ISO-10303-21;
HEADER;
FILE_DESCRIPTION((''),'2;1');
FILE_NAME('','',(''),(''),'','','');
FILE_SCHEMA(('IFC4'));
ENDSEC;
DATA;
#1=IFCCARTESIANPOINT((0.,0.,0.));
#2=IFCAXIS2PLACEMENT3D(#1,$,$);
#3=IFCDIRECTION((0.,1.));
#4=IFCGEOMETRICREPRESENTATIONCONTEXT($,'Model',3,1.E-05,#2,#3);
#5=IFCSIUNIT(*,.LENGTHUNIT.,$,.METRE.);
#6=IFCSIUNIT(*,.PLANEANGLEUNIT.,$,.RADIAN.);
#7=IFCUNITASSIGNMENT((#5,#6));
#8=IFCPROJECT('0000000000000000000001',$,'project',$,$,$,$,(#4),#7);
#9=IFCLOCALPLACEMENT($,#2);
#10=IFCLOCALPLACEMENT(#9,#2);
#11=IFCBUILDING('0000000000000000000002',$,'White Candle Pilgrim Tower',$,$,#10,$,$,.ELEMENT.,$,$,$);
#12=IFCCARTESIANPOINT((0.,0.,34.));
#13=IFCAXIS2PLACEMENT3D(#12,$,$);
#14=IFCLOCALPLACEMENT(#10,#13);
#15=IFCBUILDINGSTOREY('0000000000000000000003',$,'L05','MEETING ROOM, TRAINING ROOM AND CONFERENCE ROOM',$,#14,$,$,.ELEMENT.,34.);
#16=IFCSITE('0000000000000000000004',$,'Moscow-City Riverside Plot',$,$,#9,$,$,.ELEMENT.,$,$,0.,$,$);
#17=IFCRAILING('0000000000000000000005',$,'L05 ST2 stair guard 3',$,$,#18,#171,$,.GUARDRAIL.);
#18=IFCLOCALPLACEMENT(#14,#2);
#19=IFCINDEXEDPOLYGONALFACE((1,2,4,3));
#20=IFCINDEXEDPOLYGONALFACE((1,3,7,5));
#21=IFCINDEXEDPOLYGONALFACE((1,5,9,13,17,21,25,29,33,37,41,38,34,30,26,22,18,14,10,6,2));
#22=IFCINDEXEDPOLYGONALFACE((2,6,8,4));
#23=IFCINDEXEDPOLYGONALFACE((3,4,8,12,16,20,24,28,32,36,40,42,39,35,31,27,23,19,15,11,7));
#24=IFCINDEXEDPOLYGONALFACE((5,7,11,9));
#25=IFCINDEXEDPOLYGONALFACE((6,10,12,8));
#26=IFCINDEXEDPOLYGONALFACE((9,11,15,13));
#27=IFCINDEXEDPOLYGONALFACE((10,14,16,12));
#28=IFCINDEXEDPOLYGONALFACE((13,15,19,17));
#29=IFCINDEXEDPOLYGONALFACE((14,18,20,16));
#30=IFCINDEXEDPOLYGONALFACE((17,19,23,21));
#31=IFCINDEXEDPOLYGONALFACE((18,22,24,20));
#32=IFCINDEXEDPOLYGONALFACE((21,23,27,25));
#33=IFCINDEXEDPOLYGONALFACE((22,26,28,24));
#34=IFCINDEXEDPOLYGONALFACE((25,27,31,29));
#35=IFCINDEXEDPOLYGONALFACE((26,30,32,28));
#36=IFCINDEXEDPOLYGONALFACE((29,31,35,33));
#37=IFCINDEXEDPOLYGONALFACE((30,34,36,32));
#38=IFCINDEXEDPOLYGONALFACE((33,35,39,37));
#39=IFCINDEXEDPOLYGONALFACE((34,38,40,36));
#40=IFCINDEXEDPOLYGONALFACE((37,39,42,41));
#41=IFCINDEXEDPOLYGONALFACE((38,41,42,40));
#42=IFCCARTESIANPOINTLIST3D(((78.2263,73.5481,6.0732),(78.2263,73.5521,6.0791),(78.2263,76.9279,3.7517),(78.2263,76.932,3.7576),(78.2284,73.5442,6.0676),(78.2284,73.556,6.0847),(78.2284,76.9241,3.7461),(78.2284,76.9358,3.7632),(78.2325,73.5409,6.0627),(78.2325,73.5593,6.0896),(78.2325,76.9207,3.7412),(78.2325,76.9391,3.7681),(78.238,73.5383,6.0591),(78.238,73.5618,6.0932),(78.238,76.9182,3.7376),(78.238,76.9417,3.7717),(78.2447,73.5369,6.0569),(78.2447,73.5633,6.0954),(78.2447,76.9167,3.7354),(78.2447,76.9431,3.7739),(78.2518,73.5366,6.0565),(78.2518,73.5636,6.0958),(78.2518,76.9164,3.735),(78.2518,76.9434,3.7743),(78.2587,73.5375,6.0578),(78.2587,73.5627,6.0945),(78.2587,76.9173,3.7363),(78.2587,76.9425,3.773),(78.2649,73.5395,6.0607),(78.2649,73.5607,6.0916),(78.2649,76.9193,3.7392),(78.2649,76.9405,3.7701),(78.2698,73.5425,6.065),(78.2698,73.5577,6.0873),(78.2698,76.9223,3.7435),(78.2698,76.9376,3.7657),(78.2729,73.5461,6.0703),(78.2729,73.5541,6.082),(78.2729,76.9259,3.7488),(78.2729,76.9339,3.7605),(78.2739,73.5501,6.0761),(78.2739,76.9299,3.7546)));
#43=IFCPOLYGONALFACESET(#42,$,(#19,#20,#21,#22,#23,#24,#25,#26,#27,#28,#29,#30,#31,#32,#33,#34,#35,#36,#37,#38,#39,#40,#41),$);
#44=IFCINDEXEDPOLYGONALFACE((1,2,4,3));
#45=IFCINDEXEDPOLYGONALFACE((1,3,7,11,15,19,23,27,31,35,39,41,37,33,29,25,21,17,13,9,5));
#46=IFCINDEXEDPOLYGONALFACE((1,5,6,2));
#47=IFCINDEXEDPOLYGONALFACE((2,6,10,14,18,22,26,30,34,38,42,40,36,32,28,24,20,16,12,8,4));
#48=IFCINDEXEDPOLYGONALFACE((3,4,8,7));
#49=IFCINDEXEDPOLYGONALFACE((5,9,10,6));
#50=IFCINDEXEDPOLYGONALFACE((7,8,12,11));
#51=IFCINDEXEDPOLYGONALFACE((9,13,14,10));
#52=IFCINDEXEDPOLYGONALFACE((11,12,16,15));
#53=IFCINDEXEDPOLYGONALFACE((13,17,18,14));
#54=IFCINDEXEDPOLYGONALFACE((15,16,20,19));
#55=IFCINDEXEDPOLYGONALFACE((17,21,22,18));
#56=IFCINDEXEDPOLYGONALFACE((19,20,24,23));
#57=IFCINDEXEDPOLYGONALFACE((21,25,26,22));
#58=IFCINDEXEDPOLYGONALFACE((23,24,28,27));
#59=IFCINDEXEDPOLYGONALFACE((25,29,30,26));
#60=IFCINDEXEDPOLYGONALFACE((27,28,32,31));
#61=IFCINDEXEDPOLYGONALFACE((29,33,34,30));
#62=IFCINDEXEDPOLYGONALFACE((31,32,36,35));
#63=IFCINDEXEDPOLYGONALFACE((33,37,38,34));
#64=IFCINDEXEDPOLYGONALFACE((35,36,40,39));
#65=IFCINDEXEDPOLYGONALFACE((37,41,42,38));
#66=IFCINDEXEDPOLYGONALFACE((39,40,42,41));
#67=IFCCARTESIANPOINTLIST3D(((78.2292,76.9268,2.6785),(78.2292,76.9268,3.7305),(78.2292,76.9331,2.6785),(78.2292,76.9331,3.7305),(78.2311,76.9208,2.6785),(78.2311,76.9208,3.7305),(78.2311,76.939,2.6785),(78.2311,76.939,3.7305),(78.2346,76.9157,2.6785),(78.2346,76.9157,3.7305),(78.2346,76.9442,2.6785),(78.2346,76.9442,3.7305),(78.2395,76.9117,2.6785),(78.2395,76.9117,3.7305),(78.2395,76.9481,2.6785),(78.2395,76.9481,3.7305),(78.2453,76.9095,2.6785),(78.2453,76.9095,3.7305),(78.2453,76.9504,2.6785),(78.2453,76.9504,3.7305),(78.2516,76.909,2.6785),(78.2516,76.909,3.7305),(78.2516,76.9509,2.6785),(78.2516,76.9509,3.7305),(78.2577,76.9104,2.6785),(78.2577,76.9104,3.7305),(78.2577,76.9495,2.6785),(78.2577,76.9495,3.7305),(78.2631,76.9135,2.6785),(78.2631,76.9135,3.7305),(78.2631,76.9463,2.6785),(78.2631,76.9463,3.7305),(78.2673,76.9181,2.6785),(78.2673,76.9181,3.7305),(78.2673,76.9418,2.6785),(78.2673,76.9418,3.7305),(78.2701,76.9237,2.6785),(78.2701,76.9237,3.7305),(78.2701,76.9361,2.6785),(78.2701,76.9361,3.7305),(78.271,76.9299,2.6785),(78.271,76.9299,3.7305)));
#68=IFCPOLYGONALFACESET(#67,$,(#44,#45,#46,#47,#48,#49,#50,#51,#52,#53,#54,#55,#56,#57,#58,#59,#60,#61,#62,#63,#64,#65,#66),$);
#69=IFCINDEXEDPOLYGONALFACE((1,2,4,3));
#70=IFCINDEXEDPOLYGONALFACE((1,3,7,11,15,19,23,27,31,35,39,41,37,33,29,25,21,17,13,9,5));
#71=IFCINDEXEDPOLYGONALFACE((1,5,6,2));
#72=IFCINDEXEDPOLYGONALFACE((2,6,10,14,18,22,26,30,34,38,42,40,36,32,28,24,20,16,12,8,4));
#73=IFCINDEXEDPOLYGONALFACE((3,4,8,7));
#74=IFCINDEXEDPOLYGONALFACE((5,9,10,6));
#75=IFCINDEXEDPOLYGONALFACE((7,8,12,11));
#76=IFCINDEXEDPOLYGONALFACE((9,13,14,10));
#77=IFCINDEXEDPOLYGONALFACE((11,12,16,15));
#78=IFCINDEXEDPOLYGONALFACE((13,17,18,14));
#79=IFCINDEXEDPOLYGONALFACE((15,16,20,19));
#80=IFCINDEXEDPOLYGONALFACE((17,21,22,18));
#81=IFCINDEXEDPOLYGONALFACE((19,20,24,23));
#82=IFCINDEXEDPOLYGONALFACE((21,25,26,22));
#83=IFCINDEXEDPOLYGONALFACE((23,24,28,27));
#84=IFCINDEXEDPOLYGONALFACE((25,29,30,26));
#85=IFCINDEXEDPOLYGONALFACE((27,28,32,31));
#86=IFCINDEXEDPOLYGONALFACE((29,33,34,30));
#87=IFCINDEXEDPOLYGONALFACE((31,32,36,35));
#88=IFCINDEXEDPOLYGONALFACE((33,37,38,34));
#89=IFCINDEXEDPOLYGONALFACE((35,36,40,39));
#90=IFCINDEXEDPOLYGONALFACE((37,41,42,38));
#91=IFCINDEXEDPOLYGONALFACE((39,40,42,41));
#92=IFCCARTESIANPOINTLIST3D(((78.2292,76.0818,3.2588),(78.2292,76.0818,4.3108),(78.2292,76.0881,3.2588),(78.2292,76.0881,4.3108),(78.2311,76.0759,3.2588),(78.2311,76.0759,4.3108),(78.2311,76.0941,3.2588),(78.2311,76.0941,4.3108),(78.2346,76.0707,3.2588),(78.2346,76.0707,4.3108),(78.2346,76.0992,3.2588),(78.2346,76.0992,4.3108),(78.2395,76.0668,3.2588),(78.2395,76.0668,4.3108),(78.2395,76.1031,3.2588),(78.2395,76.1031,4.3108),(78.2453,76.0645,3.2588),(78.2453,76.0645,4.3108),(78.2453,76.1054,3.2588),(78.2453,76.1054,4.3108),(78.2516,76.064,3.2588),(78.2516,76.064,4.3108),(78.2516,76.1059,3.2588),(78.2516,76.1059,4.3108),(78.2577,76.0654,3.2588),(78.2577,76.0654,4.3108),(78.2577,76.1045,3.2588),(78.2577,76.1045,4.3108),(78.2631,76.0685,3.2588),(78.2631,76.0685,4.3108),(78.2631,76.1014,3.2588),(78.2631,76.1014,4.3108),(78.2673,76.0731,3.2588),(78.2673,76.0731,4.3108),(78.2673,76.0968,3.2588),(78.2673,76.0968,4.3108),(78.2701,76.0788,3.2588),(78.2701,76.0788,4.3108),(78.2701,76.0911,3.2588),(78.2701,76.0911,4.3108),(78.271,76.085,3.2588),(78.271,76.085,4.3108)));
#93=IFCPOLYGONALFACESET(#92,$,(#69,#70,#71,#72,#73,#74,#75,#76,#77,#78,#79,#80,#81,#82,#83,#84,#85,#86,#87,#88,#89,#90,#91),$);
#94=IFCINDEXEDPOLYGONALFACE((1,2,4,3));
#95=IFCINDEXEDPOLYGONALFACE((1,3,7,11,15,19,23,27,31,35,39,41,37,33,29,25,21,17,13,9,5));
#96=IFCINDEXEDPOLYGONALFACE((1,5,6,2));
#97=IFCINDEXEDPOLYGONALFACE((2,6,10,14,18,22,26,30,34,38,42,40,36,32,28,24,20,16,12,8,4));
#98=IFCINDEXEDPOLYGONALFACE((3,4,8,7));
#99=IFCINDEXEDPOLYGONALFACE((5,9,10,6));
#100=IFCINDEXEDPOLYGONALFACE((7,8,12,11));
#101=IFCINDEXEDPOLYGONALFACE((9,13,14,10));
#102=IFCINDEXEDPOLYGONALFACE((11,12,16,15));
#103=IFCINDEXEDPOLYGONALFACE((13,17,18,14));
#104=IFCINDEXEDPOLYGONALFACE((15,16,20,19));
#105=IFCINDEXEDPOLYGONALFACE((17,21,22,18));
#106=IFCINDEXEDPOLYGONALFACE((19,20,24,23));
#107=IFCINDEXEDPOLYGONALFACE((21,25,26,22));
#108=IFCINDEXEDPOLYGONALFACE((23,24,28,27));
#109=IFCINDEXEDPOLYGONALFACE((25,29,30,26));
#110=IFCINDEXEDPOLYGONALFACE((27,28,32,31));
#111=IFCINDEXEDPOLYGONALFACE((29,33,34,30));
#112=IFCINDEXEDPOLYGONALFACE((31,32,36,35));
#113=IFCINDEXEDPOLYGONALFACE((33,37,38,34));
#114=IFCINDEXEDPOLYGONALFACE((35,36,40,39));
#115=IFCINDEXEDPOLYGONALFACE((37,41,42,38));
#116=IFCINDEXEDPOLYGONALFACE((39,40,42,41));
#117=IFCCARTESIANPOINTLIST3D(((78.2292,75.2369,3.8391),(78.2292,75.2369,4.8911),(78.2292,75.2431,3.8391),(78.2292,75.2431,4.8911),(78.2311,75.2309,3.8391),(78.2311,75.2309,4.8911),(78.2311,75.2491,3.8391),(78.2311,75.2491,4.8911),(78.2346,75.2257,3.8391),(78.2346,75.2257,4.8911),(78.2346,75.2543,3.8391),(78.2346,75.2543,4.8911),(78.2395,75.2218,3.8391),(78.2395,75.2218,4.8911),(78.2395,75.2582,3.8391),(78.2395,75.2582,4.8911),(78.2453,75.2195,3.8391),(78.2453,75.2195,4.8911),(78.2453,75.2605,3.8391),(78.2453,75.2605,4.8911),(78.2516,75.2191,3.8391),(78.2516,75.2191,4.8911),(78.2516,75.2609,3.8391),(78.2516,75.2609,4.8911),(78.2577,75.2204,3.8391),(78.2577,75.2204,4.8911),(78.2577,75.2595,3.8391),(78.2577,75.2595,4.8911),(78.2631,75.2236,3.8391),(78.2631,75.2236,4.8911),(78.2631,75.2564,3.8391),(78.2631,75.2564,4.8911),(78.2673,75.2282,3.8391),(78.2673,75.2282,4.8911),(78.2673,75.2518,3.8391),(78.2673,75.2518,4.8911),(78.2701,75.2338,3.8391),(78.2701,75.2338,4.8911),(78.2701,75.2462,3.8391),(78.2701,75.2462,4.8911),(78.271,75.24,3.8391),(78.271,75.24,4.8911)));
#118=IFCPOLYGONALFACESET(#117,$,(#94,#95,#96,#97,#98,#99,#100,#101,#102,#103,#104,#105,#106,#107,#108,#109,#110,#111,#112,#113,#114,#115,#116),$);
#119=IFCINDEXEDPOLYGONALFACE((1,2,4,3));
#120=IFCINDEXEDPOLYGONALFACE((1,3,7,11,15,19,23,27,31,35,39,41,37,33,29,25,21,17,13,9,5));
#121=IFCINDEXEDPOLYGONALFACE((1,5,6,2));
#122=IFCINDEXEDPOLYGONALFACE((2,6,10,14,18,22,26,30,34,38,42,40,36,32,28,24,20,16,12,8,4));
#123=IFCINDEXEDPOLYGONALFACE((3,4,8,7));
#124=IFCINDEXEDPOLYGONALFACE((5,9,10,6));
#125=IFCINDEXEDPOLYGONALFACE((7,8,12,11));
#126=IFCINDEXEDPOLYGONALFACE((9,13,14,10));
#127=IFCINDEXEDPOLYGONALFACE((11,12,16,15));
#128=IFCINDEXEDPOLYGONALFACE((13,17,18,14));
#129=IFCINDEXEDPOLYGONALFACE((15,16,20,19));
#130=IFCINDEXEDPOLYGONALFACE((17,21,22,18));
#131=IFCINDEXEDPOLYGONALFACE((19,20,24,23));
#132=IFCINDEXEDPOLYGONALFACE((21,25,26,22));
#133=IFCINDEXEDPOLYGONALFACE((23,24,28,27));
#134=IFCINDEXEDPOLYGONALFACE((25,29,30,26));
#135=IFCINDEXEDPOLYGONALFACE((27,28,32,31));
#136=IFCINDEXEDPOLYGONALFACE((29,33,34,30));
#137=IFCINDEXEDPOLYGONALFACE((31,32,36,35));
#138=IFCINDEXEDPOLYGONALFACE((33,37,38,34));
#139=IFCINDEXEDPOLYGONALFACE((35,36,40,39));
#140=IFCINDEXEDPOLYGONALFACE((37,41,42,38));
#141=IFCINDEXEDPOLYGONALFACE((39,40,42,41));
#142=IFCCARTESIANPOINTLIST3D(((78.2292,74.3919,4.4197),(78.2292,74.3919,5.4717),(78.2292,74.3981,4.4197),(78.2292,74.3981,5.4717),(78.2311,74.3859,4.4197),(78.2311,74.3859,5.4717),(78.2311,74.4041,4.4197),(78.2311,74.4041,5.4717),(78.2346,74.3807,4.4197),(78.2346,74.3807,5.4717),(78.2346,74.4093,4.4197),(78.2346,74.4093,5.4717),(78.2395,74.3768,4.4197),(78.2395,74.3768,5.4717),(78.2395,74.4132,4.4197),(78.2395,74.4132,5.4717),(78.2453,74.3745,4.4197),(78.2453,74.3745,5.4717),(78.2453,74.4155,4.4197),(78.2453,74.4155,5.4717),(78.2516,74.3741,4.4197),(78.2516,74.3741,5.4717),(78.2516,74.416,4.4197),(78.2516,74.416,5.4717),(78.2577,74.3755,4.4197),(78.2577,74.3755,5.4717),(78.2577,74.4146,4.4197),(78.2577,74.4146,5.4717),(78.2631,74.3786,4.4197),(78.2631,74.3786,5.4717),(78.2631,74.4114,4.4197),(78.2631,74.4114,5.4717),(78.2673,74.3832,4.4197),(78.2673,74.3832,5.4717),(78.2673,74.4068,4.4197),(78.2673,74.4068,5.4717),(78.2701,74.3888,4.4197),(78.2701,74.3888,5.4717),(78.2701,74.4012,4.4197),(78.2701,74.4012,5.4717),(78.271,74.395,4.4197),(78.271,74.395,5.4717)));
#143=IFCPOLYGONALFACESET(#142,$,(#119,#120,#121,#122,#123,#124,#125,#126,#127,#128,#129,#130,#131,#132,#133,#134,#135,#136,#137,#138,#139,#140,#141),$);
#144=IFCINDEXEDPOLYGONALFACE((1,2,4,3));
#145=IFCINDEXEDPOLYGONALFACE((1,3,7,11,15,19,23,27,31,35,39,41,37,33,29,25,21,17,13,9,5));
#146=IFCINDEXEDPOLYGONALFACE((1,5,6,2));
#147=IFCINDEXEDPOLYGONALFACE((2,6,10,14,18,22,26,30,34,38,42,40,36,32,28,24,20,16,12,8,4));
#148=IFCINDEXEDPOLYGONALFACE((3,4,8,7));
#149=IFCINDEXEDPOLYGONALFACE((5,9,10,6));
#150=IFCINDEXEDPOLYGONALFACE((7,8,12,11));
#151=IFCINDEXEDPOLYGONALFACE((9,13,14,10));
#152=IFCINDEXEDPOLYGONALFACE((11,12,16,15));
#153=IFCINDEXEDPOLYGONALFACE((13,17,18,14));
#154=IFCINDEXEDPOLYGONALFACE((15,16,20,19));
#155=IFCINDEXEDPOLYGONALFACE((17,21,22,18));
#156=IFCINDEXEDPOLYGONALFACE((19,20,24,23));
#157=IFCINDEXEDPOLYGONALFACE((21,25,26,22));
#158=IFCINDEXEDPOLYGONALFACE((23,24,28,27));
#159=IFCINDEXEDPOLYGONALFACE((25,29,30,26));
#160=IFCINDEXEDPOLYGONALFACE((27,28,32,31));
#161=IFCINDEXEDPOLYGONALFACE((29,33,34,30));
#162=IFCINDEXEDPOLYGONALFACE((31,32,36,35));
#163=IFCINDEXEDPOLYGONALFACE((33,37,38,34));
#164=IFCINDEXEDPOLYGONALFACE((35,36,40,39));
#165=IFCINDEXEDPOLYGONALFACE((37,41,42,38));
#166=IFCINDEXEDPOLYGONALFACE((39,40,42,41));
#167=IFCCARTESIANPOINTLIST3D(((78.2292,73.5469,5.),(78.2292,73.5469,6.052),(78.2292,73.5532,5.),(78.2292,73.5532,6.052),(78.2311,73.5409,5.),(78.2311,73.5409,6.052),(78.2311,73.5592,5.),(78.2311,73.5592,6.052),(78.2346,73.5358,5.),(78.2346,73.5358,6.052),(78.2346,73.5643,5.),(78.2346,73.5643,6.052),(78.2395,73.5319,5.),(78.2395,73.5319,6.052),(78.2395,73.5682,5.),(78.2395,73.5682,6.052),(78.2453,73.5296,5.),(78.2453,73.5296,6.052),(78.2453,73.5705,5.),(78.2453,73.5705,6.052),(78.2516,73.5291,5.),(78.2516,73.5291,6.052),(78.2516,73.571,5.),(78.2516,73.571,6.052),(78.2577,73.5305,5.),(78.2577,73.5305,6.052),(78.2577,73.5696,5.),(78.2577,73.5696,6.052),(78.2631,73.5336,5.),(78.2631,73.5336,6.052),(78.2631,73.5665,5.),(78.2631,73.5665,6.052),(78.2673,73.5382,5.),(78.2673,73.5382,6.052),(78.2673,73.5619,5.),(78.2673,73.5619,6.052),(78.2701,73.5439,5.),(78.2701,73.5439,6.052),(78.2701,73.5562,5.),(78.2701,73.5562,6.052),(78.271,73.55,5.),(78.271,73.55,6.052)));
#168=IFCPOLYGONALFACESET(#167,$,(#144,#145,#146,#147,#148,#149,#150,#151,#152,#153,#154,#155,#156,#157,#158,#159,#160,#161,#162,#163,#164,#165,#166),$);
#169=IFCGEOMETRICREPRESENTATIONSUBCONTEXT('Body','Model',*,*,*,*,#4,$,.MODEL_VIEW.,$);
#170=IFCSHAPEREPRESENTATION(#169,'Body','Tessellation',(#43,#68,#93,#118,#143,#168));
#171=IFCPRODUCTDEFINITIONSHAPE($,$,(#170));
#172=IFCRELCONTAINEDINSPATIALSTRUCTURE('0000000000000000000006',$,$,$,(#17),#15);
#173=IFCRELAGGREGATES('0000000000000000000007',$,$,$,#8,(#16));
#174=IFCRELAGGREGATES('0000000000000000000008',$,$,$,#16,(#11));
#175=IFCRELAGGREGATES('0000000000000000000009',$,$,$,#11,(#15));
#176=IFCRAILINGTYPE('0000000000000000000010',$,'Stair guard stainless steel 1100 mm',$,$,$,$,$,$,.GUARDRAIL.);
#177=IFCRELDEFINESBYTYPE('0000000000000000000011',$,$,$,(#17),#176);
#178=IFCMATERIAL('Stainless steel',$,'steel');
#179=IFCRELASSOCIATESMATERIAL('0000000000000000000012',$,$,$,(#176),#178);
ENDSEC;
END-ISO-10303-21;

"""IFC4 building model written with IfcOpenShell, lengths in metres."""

from ifc_helpers import new_model, si_unit, direction, frame, origin, origin_2d, place, context, subcontext, project, spatial, circle, extrude, material, type_object, element, save


model = new_model("IFC4")

# Units and contexts
model_context = context("Model", 3, precision=1e-05, world=origin(), true_north=direction((0.0, 1.0)))
body_context = subcontext(model_context, "Body", "Model", "MODEL_VIEW")
ifc_project = project(units=[si_unit("LENGTHUNIT", "METRE"), si_unit("PLANEANGLEUNIT", "RADIAN")], contexts=[model_context])

# Site, building, storey
site_placement = place(None, origin())
site = spatial("IfcSite", under=ifc_project, at=site_placement, Name="Moscow-City Riverside Plot", CompositionType="ELEMENT", RefElevation=0.0)
building_placement = place(site_placement, origin())
building = spatial("IfcBuilding", under=site, at=building_placement, Name="White Candle Pilgrim Tower", CompositionType="ELEMENT")
storey_placement = place(building_placement, frame((0.0, 0.0, 34.0)))
storey = spatial("IfcBuildingStorey", under=building, at=storey_placement, Name="L05", Description="MEETING ROOM, TRAINING ROOM AND CONFERENCE ROOM", CompositionType="ELEMENT", Elevation=34.0)

# Railing
ifc_material_1 = material(Name="Stainless steel", Category="steel")
railing_type_1 = type_object("IfcRailingType", Name="Stair guard stainless steel 1100 mm", PredefinedType="GUARDRAIL", material=ifc_material_1)
railing_1_placement = place(storey_placement, frame((78.25, 76.9299, 2.6785)))
element("IfcRailing", 1, at=railing_1_placement, inside=storey, type_object=railing_type_1, Name="L05 ST2 stair guard 3", PredefinedType="GUARDRAIL", context=body_context, shape_type="SweptSolid", body=[
    extrude(circle(Radius=0.0239, at=origin_2d()), frame((0.0, 0.0, 1.0762), z_axis=(0.0, -0.824285, 0.566175), x_axis=(1.0, 0.0, 0.0)), (0.0, 0.0, 1.0), 4.1003),
    extrude(circle(Radius=0.021, at=origin_2d()), origin(), (0.0, 0.0, 1.0), 1.052),
    extrude(circle(Radius=0.021, at=origin_2d()), frame((0.0, -0.845, 0.5803)), (0.0, 0.0, 1.0), 1.052),
    extrude(circle(Radius=0.021, at=origin_2d()), frame((0.0, -1.6899, 1.1606)), (0.0, 0.0, 1.0), 1.052),
    extrude(circle(Radius=0.021, at=origin_2d()), frame((0.0, -2.5349, 1.7412)), (0.0, 0.0, 1.0), 1.052),
    extrude(circle(Radius=0.021, at=origin_2d()), frame((0.0, -3.3799, 2.3215)), (0.0, 0.0, 1.0), 1.052),
])

save(model, "model.ifc")
